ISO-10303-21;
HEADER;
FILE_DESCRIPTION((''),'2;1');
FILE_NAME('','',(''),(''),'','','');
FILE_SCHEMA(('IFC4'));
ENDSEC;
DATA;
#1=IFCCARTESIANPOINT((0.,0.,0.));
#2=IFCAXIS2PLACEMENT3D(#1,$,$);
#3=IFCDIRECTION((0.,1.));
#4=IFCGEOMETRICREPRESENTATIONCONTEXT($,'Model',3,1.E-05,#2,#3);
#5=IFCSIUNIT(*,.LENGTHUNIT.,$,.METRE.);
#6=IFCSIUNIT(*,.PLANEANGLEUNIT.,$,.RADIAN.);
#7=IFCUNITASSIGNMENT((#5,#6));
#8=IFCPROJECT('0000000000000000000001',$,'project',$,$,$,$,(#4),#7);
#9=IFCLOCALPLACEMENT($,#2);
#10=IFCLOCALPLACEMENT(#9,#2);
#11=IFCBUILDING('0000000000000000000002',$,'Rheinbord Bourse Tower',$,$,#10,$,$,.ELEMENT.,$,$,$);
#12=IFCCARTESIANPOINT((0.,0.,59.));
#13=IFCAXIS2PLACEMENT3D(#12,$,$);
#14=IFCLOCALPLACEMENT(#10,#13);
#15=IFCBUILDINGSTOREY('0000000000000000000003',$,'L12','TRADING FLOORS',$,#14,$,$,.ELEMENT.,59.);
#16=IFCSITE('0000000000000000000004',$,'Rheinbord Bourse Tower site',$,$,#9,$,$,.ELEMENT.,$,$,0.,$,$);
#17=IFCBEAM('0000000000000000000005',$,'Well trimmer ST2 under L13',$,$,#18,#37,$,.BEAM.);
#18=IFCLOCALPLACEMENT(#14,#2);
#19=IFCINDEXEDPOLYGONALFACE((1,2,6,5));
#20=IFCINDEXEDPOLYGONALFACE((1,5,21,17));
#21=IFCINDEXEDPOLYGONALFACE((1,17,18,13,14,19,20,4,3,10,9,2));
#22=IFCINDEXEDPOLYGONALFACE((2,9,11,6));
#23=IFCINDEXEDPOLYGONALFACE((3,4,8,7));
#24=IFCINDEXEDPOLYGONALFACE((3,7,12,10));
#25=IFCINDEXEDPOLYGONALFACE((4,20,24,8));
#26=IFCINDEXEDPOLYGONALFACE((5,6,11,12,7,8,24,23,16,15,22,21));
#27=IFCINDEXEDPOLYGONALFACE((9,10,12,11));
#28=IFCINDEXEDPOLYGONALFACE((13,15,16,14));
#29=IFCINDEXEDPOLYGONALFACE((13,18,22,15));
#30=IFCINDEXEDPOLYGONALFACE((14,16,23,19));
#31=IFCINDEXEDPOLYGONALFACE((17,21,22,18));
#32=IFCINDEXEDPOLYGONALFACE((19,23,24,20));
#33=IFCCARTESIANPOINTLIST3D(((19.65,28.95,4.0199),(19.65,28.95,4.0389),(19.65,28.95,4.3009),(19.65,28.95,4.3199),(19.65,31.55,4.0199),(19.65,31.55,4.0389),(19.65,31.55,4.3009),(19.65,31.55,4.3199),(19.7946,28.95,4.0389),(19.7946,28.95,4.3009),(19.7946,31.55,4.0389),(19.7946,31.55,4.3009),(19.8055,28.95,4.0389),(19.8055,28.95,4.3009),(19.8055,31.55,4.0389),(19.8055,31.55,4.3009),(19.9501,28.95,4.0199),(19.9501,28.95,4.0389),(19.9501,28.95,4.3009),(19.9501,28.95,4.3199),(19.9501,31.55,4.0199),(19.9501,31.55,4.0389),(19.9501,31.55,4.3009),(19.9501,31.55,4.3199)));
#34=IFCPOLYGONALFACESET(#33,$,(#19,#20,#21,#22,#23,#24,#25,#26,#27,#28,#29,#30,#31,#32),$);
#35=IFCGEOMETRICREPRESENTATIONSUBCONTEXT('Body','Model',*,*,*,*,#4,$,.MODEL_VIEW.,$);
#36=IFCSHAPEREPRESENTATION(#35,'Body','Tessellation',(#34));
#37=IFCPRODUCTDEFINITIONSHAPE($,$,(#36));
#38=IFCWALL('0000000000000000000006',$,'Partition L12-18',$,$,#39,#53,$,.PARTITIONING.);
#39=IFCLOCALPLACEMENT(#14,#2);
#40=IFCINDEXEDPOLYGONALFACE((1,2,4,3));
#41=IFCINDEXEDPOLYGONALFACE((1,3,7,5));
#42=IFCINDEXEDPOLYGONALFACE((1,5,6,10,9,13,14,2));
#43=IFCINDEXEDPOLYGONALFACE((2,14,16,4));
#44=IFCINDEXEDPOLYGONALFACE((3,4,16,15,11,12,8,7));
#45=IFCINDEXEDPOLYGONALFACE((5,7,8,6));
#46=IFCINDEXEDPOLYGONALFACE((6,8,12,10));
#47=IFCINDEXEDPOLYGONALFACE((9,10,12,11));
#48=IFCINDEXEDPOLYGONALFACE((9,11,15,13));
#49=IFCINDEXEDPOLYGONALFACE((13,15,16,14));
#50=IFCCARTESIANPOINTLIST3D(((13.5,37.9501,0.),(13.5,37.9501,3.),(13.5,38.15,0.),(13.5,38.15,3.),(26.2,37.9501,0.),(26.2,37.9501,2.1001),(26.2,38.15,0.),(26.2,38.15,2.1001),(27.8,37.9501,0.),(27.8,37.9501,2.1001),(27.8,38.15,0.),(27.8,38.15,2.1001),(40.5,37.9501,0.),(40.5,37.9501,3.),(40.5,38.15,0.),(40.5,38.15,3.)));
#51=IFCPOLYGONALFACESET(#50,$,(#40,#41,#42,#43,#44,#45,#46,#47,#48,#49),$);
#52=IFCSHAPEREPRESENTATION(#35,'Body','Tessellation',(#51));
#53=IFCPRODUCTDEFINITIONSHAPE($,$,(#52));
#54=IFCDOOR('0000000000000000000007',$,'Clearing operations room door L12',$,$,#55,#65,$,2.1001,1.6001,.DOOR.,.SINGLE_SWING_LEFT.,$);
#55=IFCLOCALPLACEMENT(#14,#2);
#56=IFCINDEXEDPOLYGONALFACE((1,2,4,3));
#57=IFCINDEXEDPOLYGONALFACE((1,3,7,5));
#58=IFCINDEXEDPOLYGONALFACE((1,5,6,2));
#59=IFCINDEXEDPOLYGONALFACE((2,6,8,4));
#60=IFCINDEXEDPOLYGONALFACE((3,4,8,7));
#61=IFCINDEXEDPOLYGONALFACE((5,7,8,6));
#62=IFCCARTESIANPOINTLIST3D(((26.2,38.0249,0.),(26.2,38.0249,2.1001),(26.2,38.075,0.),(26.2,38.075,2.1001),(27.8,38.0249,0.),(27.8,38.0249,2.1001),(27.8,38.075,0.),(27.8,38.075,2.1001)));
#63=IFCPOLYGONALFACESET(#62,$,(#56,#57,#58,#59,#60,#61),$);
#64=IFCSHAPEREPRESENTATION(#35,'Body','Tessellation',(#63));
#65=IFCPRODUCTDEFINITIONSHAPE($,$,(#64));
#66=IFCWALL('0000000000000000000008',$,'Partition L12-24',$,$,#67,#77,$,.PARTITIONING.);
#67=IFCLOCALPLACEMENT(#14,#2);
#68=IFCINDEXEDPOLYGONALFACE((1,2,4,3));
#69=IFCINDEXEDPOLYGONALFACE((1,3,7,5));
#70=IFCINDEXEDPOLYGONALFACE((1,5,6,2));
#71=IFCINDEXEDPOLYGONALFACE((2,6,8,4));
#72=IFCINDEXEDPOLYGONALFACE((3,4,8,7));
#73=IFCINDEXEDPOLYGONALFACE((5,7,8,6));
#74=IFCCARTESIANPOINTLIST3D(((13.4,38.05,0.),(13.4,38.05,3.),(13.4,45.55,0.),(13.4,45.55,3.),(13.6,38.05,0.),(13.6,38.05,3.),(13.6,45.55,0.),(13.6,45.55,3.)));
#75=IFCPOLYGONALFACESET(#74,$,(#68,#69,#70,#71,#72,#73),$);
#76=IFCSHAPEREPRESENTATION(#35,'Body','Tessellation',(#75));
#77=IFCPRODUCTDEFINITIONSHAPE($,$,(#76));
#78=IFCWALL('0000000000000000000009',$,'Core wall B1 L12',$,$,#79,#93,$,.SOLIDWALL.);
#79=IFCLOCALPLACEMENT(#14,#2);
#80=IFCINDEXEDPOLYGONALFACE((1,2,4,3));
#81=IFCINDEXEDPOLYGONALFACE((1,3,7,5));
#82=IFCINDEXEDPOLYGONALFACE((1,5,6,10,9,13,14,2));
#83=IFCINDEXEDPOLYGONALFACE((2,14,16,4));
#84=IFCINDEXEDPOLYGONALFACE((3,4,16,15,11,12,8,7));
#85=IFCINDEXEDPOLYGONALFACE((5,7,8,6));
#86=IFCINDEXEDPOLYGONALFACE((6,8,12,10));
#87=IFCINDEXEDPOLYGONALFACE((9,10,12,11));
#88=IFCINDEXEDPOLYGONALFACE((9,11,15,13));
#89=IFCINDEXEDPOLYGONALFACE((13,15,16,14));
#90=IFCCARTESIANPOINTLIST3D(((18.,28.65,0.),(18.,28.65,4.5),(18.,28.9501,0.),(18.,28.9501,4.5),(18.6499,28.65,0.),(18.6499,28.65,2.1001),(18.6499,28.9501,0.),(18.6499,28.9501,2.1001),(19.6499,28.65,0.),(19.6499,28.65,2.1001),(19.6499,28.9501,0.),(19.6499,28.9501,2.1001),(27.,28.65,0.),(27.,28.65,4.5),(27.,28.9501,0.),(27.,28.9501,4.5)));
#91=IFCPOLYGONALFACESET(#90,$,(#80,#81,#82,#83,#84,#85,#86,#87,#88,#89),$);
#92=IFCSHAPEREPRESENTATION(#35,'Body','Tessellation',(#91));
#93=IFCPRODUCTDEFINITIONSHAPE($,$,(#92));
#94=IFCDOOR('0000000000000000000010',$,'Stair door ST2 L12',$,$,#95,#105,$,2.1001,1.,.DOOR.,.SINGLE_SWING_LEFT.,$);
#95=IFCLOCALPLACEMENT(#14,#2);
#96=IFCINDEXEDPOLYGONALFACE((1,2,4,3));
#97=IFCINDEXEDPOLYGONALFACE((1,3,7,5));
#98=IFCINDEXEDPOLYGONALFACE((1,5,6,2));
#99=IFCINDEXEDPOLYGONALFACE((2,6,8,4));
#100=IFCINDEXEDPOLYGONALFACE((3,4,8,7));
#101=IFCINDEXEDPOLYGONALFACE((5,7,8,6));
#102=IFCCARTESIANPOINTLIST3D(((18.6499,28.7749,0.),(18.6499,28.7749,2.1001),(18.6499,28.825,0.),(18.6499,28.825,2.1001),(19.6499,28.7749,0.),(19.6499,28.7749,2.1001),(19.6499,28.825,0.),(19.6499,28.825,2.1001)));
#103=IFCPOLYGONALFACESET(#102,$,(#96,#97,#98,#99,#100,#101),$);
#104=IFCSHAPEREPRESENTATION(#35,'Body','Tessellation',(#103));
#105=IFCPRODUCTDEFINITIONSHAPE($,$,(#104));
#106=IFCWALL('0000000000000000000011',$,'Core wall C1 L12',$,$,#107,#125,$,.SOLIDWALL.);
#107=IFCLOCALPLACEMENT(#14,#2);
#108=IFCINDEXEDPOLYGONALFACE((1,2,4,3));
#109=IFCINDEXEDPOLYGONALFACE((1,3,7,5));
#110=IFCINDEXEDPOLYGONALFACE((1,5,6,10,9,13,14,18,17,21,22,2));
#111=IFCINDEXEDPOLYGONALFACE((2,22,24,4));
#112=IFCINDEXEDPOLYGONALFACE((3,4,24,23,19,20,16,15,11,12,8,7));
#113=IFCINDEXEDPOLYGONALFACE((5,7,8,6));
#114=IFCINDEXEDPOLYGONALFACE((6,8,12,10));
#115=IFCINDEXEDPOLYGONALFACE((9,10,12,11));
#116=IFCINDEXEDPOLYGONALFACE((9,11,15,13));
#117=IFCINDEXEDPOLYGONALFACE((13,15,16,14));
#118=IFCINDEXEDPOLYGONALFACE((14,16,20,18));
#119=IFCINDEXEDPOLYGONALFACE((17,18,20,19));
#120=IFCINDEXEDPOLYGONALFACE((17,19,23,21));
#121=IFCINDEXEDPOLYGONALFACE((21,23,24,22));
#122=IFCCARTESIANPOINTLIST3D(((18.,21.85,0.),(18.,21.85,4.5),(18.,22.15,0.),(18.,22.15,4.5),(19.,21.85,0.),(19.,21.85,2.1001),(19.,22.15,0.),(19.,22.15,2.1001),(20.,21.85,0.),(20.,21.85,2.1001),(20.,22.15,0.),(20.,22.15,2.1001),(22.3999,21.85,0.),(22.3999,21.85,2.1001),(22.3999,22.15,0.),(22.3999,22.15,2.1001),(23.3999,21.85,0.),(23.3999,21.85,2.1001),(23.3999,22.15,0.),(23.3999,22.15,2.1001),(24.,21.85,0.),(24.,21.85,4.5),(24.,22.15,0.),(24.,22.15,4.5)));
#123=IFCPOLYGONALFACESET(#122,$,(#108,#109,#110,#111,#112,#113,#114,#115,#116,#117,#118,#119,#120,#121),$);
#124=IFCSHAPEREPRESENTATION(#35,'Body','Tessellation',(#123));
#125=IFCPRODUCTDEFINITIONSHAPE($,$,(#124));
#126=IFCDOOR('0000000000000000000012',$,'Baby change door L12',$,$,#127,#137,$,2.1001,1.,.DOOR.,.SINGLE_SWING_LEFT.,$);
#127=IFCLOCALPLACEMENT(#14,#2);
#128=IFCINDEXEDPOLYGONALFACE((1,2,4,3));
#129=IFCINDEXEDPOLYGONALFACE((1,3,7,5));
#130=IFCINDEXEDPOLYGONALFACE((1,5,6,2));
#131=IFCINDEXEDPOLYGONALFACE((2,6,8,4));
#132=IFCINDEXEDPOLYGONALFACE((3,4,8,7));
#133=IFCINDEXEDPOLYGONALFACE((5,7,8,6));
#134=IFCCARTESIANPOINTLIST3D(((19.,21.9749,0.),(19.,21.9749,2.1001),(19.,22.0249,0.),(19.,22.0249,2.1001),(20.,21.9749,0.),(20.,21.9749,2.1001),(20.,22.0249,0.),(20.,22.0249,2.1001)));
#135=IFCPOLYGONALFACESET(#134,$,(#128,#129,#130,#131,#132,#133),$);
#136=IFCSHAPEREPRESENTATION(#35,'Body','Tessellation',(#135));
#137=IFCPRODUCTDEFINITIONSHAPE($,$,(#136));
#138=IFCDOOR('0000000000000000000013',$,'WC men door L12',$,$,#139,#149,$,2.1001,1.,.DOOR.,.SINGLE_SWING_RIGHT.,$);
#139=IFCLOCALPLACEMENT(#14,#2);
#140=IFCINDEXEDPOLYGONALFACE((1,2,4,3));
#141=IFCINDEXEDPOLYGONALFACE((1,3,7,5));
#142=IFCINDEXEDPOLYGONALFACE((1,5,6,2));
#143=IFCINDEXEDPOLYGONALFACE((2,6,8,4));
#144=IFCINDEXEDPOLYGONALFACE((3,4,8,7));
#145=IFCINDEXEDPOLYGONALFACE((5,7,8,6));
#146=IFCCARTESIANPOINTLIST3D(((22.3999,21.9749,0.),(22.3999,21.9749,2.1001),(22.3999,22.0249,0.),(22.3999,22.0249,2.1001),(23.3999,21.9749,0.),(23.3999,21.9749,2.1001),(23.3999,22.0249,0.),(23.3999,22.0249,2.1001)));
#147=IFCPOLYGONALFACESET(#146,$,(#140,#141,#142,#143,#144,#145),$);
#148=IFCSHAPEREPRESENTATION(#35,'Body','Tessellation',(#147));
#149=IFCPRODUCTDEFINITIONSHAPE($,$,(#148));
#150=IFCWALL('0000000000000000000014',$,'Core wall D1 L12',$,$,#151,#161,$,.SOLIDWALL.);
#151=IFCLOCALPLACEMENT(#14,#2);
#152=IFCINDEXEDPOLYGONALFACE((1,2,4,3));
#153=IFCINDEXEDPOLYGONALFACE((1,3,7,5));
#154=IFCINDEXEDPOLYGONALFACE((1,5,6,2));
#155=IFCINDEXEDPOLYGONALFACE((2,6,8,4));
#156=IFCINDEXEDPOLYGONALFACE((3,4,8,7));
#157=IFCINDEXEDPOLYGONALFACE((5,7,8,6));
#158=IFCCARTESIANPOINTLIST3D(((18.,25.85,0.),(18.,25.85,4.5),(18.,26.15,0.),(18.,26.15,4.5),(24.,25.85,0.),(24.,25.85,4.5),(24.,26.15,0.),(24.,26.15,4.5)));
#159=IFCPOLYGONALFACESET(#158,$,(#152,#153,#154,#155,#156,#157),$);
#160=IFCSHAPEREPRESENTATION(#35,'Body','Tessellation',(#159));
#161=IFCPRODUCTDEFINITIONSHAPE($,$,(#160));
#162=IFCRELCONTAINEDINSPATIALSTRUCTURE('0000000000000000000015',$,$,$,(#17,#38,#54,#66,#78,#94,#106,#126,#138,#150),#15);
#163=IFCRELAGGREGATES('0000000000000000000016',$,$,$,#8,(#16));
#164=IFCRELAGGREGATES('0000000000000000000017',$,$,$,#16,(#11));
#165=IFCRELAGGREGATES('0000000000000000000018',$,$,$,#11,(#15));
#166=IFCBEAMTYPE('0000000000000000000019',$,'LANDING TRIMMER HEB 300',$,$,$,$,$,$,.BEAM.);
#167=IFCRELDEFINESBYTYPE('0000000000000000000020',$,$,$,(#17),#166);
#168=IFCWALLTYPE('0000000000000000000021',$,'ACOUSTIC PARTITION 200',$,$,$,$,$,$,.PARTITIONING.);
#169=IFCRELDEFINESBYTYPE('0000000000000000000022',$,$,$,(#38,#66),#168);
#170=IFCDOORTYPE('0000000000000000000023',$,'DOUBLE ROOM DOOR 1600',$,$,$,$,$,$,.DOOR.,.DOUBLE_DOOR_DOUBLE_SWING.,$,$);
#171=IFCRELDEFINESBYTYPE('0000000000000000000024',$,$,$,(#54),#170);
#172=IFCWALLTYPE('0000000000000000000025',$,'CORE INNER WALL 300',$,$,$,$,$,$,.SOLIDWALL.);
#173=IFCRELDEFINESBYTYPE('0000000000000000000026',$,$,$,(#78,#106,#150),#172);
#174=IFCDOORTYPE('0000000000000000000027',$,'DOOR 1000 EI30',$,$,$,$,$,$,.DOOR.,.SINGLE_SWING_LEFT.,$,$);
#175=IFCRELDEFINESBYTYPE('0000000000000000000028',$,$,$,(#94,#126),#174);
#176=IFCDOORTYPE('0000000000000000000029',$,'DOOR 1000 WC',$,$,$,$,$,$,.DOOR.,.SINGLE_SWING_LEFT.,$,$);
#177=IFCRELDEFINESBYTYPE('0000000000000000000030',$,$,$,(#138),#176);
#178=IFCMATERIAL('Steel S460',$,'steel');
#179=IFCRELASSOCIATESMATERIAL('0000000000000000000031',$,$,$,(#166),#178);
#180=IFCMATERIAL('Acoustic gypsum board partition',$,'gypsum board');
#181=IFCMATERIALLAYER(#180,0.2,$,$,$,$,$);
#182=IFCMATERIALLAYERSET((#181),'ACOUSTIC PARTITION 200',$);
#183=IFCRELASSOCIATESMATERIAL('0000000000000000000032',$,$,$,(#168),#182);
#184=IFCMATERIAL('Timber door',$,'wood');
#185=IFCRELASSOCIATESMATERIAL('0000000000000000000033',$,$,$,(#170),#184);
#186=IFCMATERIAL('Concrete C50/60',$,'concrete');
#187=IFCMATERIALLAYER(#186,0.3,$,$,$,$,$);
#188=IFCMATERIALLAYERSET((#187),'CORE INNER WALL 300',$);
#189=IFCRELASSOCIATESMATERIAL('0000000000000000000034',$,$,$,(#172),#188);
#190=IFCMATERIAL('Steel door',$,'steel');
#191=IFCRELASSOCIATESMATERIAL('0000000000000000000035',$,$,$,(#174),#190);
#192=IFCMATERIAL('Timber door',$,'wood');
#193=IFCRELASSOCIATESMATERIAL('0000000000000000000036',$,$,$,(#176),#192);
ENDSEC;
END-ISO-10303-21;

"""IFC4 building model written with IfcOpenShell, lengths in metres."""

from ifc_helpers import new_model, si_unit, direction, frame, frame_2d, origin, origin_2d, place, context, subcontext, project, spatial, rectangle, i_section, extrude, material, layer, layer_set, material_profile, profile_set, type_object, element, fill, save


model = new_model("IFC4")

# Units and contexts
model_context = context("Model", 3, precision=1e-05, world=origin(), true_north=direction((0.0, 1.0)))
body_context = subcontext(model_context, "Body", "Model", "MODEL_VIEW")
ifc_project = project(units=[si_unit("LENGTHUNIT", "METRE"), si_unit("PLANEANGLEUNIT", "RADIAN")], contexts=[model_context])

# Site, building, storey
site_placement = place(None, origin())
site = spatial("IfcSite", under=ifc_project, at=site_placement, Name="Rheinbord Bourse Tower site", CompositionType="ELEMENT", RefElevation=0.0)
building_placement = place(site_placement, origin())
building = spatial("IfcBuilding", under=site, at=building_placement, Name="Rheinbord Bourse Tower", CompositionType="ELEMENT")
storey_placement = place(building_placement, frame((0.0, 0.0, 59.0)))
storey = spatial("IfcBuildingStorey", under=building, at=storey_placement, Name="L12", Description="TRADING FLOORS", CompositionType="ELEMENT", Elevation=59.0)

# Beam
ifc_material_1 = material(Name="Steel S460", Category="steel")
ifc_material_profile = material_profile(ifc_material_1, i_section(OverallWidth=0.3, OverallDepth=0.3, WebThickness=0.011, FlangeThickness=0.019, at=origin_2d()), Name="HEB 300")
ifc_profile_set = profile_set([ifc_material_profile], Name="Steel S460")
beam_type = type_object("IfcBeamType", Name="LANDING TRIMMER HEB 300", PredefinedType="BEAM", material=ifc_profile_set)
beam_placement = place(storey_placement, frame((19.8, 28.95, 4.1699), z_axis=(0.0, 1.0, 0.0), x_axis=(-1.0, 0.0, 0.0)))
element("IfcBeam", 1, at=beam_placement, inside=storey, type_object=beam_type, Name="Well trimmer ST2 under L13", PredefinedType="BEAM", context=body_context, shape_type="SweptSolid", body=[
    extrude(i_section(OverallWidth=0.3, OverallDepth=0.3, WebThickness=0.011, FlangeThickness=0.019, at=origin_2d()), origin(), (0.0, 0.0, 1.0), 2.6001),
])

# Wall, opening, door
ifc_material_2 = material(Name="Acoustic gypsum board partition", Category="gypsum board")
ifc_layer_1 = layer(ifc_material_2, 0.2)
ifc_layer_set_1 = layer_set([ifc_layer_1], Name="ACOUSTIC PARTITION 200")
wall_type_1 = type_object("IfcWallType", Name="ACOUSTIC PARTITION 200", PredefinedType="PARTITIONING", material=ifc_layer_set_1)
wall_1_placement = place(storey_placement, frame((13.5, 38.05, 0.0), z_axis=(0.0, 0.0, 1.0), x_axis=(1.0, 0.0, 0.0)))
wall_1 = element("IfcWall", 2, at=wall_1_placement, inside=storey, type_object=wall_type_1, Name="Partition L12-18", PredefinedType="PARTITIONING", context=body_context, shape_type="SweptSolid", body=[
    extrude(rectangle(XDim=27.0, YDim=0.2, at=frame_2d((13.5, 0.0))), origin(), (0.0, 0.0, 1.0), 3.0),
])
opening_1_placement = place(wall_1_placement, frame((12.7, 0.0, 0.0)))
opening_1 = element("IfcOpeningElement", 3, at=opening_1_placement, cuts=wall_1, PredefinedType="OPENING", context=body_context, shape_type="SweptSolid", body=[
    extrude(rectangle(XDim=1.6001, YDim=2.1001, at=frame_2d((0.8, 1.05))), frame((0.0, 0.1099, 0.0), z_axis=(0.0, -1.0, 0.0), x_axis=(1.0, 0.0, 0.0)), (0.0, 0.0, 1.0), 0.22),
])
ifc_material_3 = material(Name="Timber door", Category="wood")
door_type_1 = type_object("IfcDoorType", Name="DOUBLE ROOM DOOR 1600", OperationType="DOUBLE_DOOR_DOUBLE_SWING", PredefinedType="DOOR", material=ifc_material_3)
door_1_placement = place(opening_1_placement, origin())
door_1 = element("IfcDoor", 4, at=door_1_placement, inside=storey, type_object=door_type_1, Name="Clearing operations room door L12", OperationType="SINGLE_SWING_LEFT", OverallHeight=2.1001, OverallWidth=1.6001, PredefinedType="DOOR", context=body_context, shape_type="SweptSolid", body=[
    extrude(rectangle(XDim=1.6001, YDim=2.1001, at=frame_2d((0.8, 1.05))), frame((0.0, 0.0249, 0.0), z_axis=(0.0, -1.0, 0.0), x_axis=(1.0, 0.0, 0.0)), (0.0, 0.0, 1.0), 0.05),
])
fill(opening_1, door_1)

# Wall
wall_2_placement = place(storey_placement, frame((13.5, 38.05, 0.0), z_axis=(0.0, 0.0, 1.0), x_axis=(0.0, 1.0, 0.0)))
element("IfcWall", 5, at=wall_2_placement, inside=storey, type_object=wall_type_1, Name="Partition L12-24", PredefinedType="PARTITIONING", context=body_context, shape_type="SweptSolid", body=[
    extrude(rectangle(XDim=7.5, YDim=0.2, at=frame_2d((3.75, 0.0))), origin(), (0.0, 0.0, 1.0), 3.0),
])

# Wall, opening, door
ifc_material_4 = material(Name="Concrete C50/60", Category="concrete")
ifc_layer_2 = layer(ifc_material_4, 0.3)
ifc_layer_set_2 = layer_set([ifc_layer_2], Name="CORE INNER WALL 300")
wall_type_2 = type_object("IfcWallType", Name="CORE INNER WALL 300", PredefinedType="SOLIDWALL", material=ifc_layer_set_2)
wall_3_placement = place(storey_placement, frame((18.0, 28.8, 0.0), z_axis=(0.0, 0.0, 1.0), x_axis=(1.0, 0.0, 0.0)))
wall_3 = element("IfcWall", 6, at=wall_3_placement, inside=storey, type_object=wall_type_2, Name="Core wall B1 L12", PredefinedType="SOLIDWALL", context=body_context, shape_type="SweptSolid", body=[
    extrude(rectangle(XDim=9.0, YDim=0.3, at=frame_2d((4.5, 0.0))), origin(), (0.0, 0.0, 1.0), 4.5),
])
opening_2_placement = place(wall_3_placement, frame((0.6499, 0.0, 0.0)))
opening_2 = element("IfcOpeningElement", 7, at=opening_2_placement, cuts=wall_3, PredefinedType="OPENING", context=body_context, shape_type="SweptSolid", body=[
    extrude(rectangle(XDim=1.0, YDim=2.1001, at=frame_2d((0.5, 1.05))), frame((0.0, 0.1599, 0.0), z_axis=(0.0, -1.0, 0.0), x_axis=(1.0, 0.0, 0.0)), (0.0, 0.0, 1.0), 0.3201),
])
ifc_material_5 = material(Name="Steel door", Category="steel")
door_type_2 = type_object("IfcDoorType", Name="DOOR 1000 EI30", OperationType="SINGLE_SWING_LEFT", PredefinedType="DOOR", material=ifc_material_5)
door_2_placement = place(opening_2_placement, origin())
door_2 = element("IfcDoor", 8, at=door_2_placement, inside=storey, type_object=door_type_2, Name="Stair door ST2 L12", OperationType="SINGLE_SWING_LEFT", OverallHeight=2.1001, OverallWidth=1.0, PredefinedType="DOOR", context=body_context, shape_type="SweptSolid", body=[
    extrude(rectangle(XDim=1.0, YDim=2.1001, at=frame_2d((0.5, 1.05))), frame((0.0, 0.0249, 0.0), z_axis=(0.0, -1.0, 0.0), x_axis=(1.0, 0.0, 0.0)), (0.0, 0.0, 1.0), 0.05),
])
fill(opening_2, door_2)

# Wall, openings, doors
wall_4_placement = place(storey_placement, frame((18.0, 22.0, 0.0), z_axis=(0.0, 0.0, 1.0), x_axis=(1.0, 0.0, 0.0)))
wall_4 = element("IfcWall", 9, at=wall_4_placement, inside=storey, type_object=wall_type_2, Name="Core wall C1 L12", PredefinedType="SOLIDWALL", context=body_context, shape_type="SweptSolid", body=[
    extrude(rectangle(XDim=6.0, YDim=0.3, at=frame_2d((3.0, 0.0))), origin(), (0.0, 0.0, 1.0), 4.5),
])
opening_3_placement = place(wall_4_placement, frame((4.3999, 0.0, 0.0)))
opening_3 = element("IfcOpeningElement", 10, at=opening_3_placement, cuts=wall_4, PredefinedType="OPENING", context=body_context, shape_type="SweptSolid", body=[
    extrude(rectangle(XDim=1.0, YDim=2.1001, at=frame_2d((0.5, 1.05))), frame((0.0, 0.1599, 0.0), z_axis=(0.0, -1.0, 0.0), x_axis=(1.0, 0.0, 0.0)), (0.0, 0.0, 1.0), 0.3201),
])
opening_4_placement = place(wall_4_placement, frame((1.0, 0.0, 0.0)))
opening_4 = element("IfcOpeningElement", 11, at=opening_4_placement, cuts=wall_4, PredefinedType="OPENING", context=body_context, shape_type="SweptSolid", body=[
    extrude(rectangle(XDim=1.0, YDim=2.1001, at=frame_2d((0.5, 1.05))), frame((0.0, 0.1599, 0.0), z_axis=(0.0, -1.0, 0.0), x_axis=(1.0, 0.0, 0.0)), (0.0, 0.0, 1.0), 0.3201),
])
door_3_placement = place(opening_4_placement, origin())
door_3 = element("IfcDoor", 12, at=door_3_placement, inside=storey, type_object=door_type_2, Name="Baby change door L12", OperationType="SINGLE_SWING_LEFT", OverallHeight=2.1001, OverallWidth=1.0, PredefinedType="DOOR", context=body_context, shape_type="SweptSolid", body=[
    extrude(rectangle(XDim=1.0, YDim=2.1001, at=frame_2d((0.5, 1.05))), frame((0.0, 0.0249, 0.0), z_axis=(0.0, -1.0, 0.0), x_axis=(1.0, 0.0, 0.0)), (0.0, 0.0, 1.0), 0.05),
])
fill(opening_4, door_3)
ifc_material_6 = material(Name="Timber door", Category="wood")
door_type_3 = type_object("IfcDoorType", Name="DOOR 1000 WC", OperationType="SINGLE_SWING_LEFT", PredefinedType="DOOR", material=ifc_material_6)
door_4_placement = place(opening_3_placement, origin())
door_4 = element("IfcDoor", 13, at=door_4_placement, inside=storey, type_object=door_type_3, Name="WC men door L12", OperationType="SINGLE_SWING_RIGHT", OverallHeight=2.1001, OverallWidth=1.0, PredefinedType="DOOR", context=body_context, shape_type="SweptSolid", body=[
    extrude(rectangle(XDim=1.0, YDim=2.1001, at=frame_2d((0.5, 1.05))), frame((0.0, 0.0249, 0.0), z_axis=(0.0, -1.0, 0.0), x_axis=(1.0, 0.0, 0.0)), (0.0, 0.0, 1.0), 0.05),
])
fill(opening_3, door_4)

# Wall
wall_5_placement = place(storey_placement, frame((18.0, 26.0, 0.0), z_axis=(0.0, 0.0, 1.0), x_axis=(1.0, 0.0, 0.0)))
element("IfcWall", 14, at=wall_5_placement, inside=storey, type_object=wall_type_2, Name="Core wall D1 L12", PredefinedType="SOLIDWALL", context=body_context, shape_type="SweptSolid", body=[
    extrude(rectangle(XDim=6.0, YDim=0.3, at=frame_2d((3.0, 0.0))), origin(), (0.0, 0.0, 1.0), 4.5),
])

save(model, "model.ifc")
